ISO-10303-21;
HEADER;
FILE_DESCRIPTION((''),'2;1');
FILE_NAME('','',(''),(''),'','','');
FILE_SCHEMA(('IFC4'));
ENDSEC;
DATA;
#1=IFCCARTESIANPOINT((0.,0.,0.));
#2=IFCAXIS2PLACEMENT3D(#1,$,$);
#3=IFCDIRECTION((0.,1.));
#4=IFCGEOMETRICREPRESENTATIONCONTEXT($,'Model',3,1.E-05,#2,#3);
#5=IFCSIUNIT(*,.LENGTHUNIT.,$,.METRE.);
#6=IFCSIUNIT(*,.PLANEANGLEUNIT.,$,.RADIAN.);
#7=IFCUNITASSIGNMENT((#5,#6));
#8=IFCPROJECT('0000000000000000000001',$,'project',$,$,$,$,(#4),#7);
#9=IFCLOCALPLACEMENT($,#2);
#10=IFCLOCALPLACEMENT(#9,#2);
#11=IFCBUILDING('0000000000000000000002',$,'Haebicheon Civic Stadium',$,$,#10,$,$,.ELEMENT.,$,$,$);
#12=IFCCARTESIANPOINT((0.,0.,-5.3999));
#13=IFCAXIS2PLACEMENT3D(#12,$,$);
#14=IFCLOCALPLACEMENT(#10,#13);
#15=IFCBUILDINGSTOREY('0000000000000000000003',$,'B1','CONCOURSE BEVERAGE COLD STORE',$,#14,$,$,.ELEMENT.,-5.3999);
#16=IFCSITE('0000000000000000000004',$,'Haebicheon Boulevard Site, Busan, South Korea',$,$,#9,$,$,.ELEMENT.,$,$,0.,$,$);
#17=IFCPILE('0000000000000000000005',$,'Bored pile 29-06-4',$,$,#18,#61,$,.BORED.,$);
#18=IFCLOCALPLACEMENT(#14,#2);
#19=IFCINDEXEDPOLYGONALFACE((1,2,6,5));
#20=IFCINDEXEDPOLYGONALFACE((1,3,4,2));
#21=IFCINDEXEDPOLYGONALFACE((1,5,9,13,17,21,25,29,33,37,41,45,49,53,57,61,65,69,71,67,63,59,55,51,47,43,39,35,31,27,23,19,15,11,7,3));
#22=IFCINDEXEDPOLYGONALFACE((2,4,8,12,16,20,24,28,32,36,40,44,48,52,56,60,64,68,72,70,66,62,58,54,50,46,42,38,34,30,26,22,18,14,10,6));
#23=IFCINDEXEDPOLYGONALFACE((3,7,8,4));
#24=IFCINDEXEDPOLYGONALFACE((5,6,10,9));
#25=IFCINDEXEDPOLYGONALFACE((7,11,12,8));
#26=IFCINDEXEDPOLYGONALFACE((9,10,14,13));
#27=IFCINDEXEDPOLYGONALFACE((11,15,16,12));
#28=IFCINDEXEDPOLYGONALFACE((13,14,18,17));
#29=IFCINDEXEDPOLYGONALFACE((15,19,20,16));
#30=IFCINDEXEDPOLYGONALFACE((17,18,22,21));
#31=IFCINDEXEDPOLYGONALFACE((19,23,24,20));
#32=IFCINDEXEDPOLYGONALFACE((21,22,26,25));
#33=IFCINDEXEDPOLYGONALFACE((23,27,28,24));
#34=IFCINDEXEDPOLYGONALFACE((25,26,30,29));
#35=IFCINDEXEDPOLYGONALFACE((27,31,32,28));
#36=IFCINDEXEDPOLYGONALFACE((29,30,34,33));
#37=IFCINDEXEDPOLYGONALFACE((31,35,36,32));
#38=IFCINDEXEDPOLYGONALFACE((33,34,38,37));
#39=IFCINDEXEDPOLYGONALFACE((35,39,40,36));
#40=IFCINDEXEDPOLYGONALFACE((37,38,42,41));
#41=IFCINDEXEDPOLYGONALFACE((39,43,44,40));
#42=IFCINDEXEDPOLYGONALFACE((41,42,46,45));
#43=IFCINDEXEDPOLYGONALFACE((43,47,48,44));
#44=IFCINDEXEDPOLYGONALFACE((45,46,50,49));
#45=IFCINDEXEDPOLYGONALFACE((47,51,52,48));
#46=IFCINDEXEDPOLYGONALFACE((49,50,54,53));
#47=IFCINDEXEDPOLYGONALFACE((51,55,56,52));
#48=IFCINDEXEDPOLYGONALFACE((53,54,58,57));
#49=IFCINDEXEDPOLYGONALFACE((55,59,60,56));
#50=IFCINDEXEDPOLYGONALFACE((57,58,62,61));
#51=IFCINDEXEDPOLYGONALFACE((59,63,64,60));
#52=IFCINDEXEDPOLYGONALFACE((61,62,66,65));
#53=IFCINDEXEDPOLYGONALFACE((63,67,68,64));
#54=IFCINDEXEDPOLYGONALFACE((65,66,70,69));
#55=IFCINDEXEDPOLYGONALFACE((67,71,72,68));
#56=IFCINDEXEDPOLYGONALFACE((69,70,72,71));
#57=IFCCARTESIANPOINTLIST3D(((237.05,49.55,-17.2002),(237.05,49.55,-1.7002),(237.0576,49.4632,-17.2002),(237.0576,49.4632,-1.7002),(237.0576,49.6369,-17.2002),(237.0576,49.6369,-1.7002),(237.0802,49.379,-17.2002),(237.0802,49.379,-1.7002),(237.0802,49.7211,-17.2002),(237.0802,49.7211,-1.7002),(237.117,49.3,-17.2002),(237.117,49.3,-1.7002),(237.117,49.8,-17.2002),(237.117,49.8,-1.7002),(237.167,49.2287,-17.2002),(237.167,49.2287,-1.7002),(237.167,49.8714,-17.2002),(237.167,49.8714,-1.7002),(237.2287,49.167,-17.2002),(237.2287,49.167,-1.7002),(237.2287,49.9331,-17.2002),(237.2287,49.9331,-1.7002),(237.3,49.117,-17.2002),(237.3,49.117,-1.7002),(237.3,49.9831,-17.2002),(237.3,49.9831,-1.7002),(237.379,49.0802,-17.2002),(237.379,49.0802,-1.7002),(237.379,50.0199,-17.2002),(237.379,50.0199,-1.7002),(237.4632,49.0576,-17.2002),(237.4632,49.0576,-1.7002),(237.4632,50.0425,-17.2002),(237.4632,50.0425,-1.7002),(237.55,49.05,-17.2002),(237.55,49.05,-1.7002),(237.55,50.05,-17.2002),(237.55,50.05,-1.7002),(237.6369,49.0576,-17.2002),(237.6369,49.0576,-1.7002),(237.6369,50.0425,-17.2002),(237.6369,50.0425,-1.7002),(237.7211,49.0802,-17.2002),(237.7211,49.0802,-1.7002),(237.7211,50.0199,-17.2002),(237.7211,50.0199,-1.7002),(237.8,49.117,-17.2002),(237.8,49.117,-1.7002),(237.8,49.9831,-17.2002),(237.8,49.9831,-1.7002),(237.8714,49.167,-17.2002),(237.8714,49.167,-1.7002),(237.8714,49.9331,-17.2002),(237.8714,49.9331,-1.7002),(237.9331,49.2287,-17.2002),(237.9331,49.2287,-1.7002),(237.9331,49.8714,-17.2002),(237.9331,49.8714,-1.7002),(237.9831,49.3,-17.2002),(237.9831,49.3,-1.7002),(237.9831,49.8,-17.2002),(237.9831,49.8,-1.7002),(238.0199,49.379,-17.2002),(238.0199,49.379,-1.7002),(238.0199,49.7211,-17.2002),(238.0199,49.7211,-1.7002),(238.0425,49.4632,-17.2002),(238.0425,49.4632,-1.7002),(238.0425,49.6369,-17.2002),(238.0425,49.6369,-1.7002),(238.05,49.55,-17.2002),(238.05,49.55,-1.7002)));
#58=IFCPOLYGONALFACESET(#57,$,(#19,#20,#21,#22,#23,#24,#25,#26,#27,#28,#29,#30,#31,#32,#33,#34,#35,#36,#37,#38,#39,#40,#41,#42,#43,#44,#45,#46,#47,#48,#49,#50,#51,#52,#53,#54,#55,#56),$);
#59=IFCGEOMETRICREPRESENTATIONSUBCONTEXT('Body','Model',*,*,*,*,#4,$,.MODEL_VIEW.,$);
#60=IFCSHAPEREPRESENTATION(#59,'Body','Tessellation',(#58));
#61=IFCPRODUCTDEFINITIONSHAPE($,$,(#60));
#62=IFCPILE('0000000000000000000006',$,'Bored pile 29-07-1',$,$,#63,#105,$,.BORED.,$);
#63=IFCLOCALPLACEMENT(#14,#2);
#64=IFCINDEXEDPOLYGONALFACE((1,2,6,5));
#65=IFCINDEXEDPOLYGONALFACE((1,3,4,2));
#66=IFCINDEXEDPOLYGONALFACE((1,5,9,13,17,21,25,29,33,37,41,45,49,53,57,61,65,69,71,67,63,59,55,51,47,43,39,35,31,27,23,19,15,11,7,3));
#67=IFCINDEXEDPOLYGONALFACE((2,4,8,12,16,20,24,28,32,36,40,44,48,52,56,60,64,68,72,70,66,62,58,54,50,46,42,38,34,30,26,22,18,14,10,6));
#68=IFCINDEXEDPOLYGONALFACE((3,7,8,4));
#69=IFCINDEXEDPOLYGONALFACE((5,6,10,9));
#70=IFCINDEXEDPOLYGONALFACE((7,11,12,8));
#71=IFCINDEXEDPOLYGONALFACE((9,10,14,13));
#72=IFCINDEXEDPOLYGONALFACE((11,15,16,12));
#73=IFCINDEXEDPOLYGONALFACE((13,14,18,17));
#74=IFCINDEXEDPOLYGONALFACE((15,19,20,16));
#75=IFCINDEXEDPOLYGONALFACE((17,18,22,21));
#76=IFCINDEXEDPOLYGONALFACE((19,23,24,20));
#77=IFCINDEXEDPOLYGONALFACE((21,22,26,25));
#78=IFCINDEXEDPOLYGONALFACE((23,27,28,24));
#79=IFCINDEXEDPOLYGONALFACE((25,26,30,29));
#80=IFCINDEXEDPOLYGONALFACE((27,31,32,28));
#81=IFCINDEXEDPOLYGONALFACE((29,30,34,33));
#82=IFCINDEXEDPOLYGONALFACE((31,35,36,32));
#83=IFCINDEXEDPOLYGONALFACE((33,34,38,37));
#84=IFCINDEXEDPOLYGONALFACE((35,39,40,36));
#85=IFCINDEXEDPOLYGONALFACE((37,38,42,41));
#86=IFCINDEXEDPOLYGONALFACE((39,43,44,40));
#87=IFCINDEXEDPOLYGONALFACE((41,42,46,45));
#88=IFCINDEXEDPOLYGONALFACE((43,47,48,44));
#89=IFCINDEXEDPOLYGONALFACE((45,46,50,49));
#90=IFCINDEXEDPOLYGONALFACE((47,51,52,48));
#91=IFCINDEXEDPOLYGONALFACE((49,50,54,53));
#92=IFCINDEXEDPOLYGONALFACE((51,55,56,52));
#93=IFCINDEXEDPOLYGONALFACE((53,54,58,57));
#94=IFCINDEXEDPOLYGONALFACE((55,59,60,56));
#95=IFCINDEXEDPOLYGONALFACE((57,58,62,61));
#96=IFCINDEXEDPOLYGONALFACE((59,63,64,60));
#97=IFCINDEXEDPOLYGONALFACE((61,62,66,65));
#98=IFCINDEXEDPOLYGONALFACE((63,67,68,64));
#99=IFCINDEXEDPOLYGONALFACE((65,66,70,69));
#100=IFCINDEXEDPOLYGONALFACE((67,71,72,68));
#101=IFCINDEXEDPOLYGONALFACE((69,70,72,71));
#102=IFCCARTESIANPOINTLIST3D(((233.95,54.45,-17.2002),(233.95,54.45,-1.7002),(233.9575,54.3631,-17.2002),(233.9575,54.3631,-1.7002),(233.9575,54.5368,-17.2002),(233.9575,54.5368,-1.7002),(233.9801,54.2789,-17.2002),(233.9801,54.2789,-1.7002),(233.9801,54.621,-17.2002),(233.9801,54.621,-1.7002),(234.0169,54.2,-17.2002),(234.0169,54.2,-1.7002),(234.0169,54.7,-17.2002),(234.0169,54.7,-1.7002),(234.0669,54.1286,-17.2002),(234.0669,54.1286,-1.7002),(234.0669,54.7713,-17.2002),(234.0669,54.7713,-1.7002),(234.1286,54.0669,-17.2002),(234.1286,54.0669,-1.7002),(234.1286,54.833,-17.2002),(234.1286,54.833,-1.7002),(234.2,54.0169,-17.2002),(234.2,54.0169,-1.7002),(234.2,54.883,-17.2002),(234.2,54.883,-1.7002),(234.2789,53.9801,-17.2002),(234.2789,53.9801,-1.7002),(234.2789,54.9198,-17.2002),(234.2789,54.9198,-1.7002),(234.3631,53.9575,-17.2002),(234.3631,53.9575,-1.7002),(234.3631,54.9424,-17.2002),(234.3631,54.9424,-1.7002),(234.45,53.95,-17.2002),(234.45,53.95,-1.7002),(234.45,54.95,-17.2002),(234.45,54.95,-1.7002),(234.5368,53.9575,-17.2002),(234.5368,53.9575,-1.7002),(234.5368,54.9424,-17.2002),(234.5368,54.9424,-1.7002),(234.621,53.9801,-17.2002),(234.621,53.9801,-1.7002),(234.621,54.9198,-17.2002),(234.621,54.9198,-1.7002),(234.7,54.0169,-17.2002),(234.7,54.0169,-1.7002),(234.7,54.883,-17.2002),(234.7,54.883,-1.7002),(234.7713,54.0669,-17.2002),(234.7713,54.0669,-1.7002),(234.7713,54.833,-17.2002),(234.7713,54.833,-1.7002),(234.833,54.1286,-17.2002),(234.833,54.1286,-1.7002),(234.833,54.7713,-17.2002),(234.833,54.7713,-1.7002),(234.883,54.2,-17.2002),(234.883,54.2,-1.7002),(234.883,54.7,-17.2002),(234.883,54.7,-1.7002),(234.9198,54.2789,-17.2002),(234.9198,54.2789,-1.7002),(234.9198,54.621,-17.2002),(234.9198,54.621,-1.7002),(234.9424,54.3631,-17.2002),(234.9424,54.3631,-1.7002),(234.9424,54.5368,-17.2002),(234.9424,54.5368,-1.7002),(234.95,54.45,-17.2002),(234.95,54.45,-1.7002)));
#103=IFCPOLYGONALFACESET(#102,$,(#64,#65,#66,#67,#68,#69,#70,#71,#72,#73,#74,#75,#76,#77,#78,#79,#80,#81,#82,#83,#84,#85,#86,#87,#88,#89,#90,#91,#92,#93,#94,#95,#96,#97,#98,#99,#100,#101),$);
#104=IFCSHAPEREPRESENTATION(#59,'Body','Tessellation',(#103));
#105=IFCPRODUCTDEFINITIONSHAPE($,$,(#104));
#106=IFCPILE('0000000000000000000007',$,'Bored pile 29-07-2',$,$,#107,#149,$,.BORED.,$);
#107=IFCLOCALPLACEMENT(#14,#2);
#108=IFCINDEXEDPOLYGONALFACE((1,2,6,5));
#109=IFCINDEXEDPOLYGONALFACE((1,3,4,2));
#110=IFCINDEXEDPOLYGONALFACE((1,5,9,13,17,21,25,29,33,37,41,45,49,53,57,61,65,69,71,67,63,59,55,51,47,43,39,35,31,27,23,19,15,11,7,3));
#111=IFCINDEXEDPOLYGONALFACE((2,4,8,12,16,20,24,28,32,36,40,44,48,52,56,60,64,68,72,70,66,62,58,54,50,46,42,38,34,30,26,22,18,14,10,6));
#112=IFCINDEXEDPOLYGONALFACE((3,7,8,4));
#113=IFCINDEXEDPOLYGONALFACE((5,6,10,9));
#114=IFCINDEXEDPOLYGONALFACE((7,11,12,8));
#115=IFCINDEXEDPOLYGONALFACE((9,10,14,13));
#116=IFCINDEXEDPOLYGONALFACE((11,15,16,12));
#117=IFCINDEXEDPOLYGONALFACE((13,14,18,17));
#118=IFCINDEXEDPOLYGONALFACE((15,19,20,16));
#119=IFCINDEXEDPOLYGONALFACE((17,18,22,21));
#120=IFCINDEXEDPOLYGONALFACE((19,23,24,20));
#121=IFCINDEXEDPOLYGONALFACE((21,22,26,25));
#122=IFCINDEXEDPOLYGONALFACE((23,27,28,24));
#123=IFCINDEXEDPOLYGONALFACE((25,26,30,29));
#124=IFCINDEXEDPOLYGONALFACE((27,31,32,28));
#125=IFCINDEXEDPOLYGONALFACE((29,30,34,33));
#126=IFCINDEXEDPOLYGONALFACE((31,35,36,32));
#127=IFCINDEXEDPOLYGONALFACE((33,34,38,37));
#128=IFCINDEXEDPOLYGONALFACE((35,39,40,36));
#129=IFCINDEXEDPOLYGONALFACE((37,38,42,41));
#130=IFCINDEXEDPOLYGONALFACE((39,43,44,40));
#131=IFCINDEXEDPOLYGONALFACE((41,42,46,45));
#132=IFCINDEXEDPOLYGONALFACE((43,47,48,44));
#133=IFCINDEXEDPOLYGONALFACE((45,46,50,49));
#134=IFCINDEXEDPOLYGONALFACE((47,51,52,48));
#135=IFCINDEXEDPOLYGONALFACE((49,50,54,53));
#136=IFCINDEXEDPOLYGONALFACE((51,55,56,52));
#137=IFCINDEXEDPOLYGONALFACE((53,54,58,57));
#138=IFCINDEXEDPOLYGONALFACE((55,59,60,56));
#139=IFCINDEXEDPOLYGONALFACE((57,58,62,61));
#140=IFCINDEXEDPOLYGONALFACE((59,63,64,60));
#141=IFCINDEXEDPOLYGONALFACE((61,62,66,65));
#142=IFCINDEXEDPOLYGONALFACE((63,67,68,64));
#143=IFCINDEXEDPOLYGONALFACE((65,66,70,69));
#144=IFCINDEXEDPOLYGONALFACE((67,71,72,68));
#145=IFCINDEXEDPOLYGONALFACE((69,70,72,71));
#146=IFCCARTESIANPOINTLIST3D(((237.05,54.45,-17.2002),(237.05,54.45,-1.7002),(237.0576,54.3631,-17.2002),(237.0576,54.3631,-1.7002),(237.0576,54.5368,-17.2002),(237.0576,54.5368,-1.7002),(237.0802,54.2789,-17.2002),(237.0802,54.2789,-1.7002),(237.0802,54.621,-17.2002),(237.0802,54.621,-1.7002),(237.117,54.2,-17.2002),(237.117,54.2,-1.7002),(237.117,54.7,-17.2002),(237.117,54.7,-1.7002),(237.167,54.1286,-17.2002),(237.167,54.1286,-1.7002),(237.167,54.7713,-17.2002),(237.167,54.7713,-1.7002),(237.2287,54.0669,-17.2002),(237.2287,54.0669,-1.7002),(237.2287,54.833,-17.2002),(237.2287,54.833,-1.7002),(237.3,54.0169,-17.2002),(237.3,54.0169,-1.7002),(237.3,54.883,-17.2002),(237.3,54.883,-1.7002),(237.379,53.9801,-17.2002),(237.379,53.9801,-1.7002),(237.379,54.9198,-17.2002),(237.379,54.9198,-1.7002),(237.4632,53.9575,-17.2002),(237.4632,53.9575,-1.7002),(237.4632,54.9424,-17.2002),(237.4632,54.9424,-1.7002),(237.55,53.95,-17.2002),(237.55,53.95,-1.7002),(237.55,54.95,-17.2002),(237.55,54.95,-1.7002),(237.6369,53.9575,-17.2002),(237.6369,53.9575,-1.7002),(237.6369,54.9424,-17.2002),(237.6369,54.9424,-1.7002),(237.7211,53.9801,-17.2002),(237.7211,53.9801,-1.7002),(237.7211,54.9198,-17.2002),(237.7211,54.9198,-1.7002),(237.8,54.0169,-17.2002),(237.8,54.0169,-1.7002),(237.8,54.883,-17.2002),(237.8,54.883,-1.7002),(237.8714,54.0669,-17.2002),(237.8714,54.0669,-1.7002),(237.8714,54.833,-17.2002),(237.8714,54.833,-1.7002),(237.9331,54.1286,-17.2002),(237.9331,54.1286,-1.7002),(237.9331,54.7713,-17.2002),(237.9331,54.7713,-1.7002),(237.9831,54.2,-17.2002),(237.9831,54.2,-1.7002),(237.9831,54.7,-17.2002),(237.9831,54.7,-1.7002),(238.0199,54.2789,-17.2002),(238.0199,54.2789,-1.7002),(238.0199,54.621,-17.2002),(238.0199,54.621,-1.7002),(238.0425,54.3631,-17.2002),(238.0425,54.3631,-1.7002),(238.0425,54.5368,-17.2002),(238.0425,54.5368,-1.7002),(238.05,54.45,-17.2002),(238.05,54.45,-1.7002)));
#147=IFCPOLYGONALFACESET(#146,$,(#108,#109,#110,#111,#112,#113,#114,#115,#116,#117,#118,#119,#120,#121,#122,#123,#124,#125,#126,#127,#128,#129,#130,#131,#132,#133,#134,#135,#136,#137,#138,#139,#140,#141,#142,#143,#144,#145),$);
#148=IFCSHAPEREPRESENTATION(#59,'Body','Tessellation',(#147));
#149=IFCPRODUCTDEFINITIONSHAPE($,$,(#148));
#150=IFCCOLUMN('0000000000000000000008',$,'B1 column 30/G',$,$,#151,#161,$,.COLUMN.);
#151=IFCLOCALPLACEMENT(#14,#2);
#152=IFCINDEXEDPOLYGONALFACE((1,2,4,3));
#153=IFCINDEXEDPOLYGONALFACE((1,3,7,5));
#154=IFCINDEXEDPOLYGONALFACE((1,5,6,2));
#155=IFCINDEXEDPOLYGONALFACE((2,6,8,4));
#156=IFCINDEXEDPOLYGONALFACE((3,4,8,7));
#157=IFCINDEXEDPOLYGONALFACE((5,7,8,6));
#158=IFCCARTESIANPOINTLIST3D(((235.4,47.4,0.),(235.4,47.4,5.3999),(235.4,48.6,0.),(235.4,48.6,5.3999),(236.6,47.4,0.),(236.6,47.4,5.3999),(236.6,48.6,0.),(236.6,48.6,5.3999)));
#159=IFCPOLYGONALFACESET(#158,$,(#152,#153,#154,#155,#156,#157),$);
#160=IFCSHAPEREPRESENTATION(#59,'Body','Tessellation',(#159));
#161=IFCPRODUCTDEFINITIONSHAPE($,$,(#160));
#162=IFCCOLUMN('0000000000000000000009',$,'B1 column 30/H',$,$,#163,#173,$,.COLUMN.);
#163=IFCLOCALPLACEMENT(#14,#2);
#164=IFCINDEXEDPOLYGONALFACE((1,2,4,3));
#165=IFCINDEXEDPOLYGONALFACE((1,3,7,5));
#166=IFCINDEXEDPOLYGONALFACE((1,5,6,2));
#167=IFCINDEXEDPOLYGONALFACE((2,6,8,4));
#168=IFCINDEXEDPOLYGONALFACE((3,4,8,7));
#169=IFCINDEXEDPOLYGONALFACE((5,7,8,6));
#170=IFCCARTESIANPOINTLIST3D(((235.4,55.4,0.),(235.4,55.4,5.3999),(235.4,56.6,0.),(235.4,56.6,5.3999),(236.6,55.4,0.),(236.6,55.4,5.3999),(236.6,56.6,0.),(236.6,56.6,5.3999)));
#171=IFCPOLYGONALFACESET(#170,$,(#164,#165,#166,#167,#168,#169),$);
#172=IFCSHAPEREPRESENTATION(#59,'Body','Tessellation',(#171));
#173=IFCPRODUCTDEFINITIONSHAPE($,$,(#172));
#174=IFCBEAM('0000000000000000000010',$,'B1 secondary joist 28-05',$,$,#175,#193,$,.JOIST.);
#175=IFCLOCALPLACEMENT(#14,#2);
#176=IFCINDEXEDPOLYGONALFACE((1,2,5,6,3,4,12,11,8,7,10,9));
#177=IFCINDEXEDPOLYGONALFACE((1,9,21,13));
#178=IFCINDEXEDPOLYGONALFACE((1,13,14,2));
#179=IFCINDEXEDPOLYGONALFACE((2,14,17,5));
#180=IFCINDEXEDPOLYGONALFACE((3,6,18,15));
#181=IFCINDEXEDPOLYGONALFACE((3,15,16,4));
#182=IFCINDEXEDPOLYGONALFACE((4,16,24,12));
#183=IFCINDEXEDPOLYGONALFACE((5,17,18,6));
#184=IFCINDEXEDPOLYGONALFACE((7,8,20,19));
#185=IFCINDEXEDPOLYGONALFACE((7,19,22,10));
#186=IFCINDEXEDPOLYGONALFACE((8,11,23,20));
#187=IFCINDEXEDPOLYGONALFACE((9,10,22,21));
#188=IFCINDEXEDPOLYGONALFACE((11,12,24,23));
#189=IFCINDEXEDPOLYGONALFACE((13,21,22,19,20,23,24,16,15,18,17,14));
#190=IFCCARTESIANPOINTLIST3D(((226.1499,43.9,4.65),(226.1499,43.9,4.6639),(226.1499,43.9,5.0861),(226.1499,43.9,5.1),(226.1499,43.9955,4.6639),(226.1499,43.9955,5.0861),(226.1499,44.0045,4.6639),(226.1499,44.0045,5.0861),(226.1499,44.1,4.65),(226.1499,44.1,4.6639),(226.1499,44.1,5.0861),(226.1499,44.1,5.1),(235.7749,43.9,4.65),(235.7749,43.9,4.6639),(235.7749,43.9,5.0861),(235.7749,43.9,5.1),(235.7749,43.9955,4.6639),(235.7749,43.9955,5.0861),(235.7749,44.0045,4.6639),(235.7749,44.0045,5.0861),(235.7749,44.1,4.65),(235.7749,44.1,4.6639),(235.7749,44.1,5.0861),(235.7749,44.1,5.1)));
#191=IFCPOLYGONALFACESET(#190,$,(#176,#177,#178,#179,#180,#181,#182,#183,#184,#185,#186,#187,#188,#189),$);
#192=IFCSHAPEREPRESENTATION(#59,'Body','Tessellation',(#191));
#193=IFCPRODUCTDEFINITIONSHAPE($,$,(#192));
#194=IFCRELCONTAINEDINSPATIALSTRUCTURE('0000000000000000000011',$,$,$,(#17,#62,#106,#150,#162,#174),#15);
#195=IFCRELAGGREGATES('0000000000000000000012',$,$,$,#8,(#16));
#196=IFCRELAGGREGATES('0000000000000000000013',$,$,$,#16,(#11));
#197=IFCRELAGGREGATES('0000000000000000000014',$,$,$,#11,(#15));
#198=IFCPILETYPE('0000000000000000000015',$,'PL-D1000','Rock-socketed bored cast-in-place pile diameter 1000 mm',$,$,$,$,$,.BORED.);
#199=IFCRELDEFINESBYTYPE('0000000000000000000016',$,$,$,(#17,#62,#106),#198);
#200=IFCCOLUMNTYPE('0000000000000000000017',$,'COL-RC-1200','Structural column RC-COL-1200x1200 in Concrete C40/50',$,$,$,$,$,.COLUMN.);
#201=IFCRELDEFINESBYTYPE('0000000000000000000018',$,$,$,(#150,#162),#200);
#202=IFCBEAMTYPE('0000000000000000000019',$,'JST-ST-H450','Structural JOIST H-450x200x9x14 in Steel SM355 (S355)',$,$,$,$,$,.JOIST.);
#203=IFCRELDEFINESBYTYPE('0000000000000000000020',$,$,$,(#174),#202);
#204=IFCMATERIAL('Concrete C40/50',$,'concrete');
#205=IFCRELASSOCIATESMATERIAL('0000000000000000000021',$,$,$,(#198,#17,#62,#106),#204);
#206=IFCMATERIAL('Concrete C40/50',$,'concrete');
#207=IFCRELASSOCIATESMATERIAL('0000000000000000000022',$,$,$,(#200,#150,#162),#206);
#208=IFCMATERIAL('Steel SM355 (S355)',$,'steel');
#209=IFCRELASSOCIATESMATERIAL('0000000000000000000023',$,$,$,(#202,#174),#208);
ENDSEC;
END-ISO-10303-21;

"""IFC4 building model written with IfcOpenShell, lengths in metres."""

from ifc_helpers import new_model, si_unit, direction, frame, origin, origin_2d, place, context, subcontext, project, spatial, rectangle, circle, i_section, extrude, material, material_profile, profile_set, type_object, element, save


model = new_model("IFC4")

# Units and contexts
model_context = context("Model", 3, precision=1e-05, world=origin(), true_north=direction((0.0, 1.0)))
body_context = subcontext(model_context, "Body", "Model", "MODEL_VIEW")
ifc_project = project(units=[si_unit("LENGTHUNIT", "METRE"), si_unit("PLANEANGLEUNIT", "RADIAN")], contexts=[model_context])

# Site, building, storey
site_placement = place(None, origin())
site = spatial("IfcSite", under=ifc_project, at=site_placement, Name="Haebicheon Boulevard Site, Busan, South Korea", CompositionType="ELEMENT", RefElevation=0.0)
building_placement = place(site_placement, origin())
building = spatial("IfcBuilding", under=site, at=building_placement, Name="Haebicheon Civic Stadium", CompositionType="ELEMENT")
storey_placement = place(building_placement, frame((0.0, 0.0, -5.3999)))
storey = spatial("IfcBuildingStorey", under=building, at=storey_placement, Name="B1", Description="CONCOURSE BEVERAGE COLD STORE", CompositionType="ELEMENT", Elevation=-5.3999)

# Piles
ifc_material_1 = material(Name="Concrete C40/50", Category="concrete")
ifc_material_profile_1 = material_profile(ifc_material_1, circle(Radius=0.5, at=origin_2d()), Name="PILE-D1000")
ifc_profile_set_1 = profile_set([ifc_material_profile_1], Name="Concrete C40/50")
pile_type = type_object("IfcPileType", Name="PL-D1000", Description="Rock-socketed bored cast-in-place pile diameter 1000 mm", PredefinedType="BORED", material=ifc_profile_set_1)
for number, where, z_axis, x_axis, name in (
    (1, (237.55, 49.55, -1.7002), (0.0, 0.0, -1.0), (1.0, 0.0, 0.0), "Bored pile 29-06-4"),
    (2, (234.45, 54.45, -1.7002), (0.0, 0.0, -1.0), (1.0, 0.0, 0.0), "Bored pile 29-07-1"),
    (3, (237.55, 54.45, -1.7002), (0.0, 0.0, -1.0), (1.0, 0.0, 0.0), "Bored pile 29-07-2"),
):
    element("IfcPile", number, at=place(storey_placement, frame(where, z_axis=z_axis, x_axis=x_axis)), inside=storey, type_object=pile_type, material=ifc_profile_set_1, Name=name, PredefinedType="BORED", context=body_context, shape_type="SweptSolid", body=[
        extrude(circle(Radius=0.5, at=origin_2d()), origin(), (0.0, 0.0, 1.0), 15.5),
    ])

# Columns
ifc_material_2 = material(Name="Concrete C40/50", Category="concrete")
ifc_material_profile_2 = material_profile(ifc_material_2, rectangle(XDim=1.2, YDim=1.2, at=origin_2d()), Name="RC-COL-1200x1200")
ifc_profile_set_2 = profile_set([ifc_material_profile_2], Name="Concrete C40/50")
column_type = type_object("IfcColumnType", Name="COL-RC-1200", Description="Structural column RC-COL-1200x1200 in Concrete C40/50", PredefinedType="COLUMN", material=ifc_profile_set_2)
for number, where, z_axis, x_axis, name in (
    (4, (236.0, 48.0, 0.0), (0.0, 0.0, 1.0), (1.0, 0.0, 0.0), "B1 column 30/G"),
    (5, (236.0, 56.0, 0.0), (0.0, 0.0, 1.0), (1.0, 0.0, 0.0), "B1 column 30/H"),
):
    element("IfcColumn", number, at=place(storey_placement, frame(where, z_axis=z_axis, x_axis=x_axis)), inside=storey, type_object=column_type, material=ifc_profile_set_2, Name=name, PredefinedType="COLUMN", context=body_context, shape_type="SweptSolid", body=[
        extrude(rectangle(XDim=1.2, YDim=1.2, at=origin_2d()), origin(), (0.0, 0.0, 1.0), 5.3999),
    ])

# Beam
ifc_material_3 = material(Name="Steel SM355 (S355)", Category="steel")
ifc_material_profile_3 = material_profile(ifc_material_3, i_section(OverallWidth=0.2, OverallDepth=0.45, WebThickness=0.009, FlangeThickness=0.0139, at=origin_2d()), Name="H-450x200x9x14")
ifc_profile_set_3 = profile_set([ifc_material_profile_3], Name="Steel SM355 (S355)")
beam_type_1 = type_object("IfcBeamType", Name="JST-ST-H450", Description="Structural JOIST H-450x200x9x14 in Steel SM355 (S355)", PredefinedType="JOIST", material=ifc_profile_set_3)
for number, where, z_axis, x_axis, name in (
    (6, (226.1499, 44.0, 4.875), (1.0, 0.0, 0.0), (0.0, 1.0, 0.0), "B1 secondary joist 28-05"),
):
    element("IfcBeam", number, at=place(storey_placement, frame(where, z_axis=z_axis, x_axis=x_axis)), inside=storey, type_object=beam_type_1, material=ifc_profile_set_3, Name=name, PredefinedType="JOIST", context=body_context, shape_type="SweptSolid", body=[
        extrude(i_section(OverallWidth=0.2, OverallDepth=0.45, WebThickness=0.009, FlangeThickness=0.0139, at=origin_2d()), origin(), (0.0, 0.0, 1.0), 9.625),
    ])

save(model, "model.ifc")
